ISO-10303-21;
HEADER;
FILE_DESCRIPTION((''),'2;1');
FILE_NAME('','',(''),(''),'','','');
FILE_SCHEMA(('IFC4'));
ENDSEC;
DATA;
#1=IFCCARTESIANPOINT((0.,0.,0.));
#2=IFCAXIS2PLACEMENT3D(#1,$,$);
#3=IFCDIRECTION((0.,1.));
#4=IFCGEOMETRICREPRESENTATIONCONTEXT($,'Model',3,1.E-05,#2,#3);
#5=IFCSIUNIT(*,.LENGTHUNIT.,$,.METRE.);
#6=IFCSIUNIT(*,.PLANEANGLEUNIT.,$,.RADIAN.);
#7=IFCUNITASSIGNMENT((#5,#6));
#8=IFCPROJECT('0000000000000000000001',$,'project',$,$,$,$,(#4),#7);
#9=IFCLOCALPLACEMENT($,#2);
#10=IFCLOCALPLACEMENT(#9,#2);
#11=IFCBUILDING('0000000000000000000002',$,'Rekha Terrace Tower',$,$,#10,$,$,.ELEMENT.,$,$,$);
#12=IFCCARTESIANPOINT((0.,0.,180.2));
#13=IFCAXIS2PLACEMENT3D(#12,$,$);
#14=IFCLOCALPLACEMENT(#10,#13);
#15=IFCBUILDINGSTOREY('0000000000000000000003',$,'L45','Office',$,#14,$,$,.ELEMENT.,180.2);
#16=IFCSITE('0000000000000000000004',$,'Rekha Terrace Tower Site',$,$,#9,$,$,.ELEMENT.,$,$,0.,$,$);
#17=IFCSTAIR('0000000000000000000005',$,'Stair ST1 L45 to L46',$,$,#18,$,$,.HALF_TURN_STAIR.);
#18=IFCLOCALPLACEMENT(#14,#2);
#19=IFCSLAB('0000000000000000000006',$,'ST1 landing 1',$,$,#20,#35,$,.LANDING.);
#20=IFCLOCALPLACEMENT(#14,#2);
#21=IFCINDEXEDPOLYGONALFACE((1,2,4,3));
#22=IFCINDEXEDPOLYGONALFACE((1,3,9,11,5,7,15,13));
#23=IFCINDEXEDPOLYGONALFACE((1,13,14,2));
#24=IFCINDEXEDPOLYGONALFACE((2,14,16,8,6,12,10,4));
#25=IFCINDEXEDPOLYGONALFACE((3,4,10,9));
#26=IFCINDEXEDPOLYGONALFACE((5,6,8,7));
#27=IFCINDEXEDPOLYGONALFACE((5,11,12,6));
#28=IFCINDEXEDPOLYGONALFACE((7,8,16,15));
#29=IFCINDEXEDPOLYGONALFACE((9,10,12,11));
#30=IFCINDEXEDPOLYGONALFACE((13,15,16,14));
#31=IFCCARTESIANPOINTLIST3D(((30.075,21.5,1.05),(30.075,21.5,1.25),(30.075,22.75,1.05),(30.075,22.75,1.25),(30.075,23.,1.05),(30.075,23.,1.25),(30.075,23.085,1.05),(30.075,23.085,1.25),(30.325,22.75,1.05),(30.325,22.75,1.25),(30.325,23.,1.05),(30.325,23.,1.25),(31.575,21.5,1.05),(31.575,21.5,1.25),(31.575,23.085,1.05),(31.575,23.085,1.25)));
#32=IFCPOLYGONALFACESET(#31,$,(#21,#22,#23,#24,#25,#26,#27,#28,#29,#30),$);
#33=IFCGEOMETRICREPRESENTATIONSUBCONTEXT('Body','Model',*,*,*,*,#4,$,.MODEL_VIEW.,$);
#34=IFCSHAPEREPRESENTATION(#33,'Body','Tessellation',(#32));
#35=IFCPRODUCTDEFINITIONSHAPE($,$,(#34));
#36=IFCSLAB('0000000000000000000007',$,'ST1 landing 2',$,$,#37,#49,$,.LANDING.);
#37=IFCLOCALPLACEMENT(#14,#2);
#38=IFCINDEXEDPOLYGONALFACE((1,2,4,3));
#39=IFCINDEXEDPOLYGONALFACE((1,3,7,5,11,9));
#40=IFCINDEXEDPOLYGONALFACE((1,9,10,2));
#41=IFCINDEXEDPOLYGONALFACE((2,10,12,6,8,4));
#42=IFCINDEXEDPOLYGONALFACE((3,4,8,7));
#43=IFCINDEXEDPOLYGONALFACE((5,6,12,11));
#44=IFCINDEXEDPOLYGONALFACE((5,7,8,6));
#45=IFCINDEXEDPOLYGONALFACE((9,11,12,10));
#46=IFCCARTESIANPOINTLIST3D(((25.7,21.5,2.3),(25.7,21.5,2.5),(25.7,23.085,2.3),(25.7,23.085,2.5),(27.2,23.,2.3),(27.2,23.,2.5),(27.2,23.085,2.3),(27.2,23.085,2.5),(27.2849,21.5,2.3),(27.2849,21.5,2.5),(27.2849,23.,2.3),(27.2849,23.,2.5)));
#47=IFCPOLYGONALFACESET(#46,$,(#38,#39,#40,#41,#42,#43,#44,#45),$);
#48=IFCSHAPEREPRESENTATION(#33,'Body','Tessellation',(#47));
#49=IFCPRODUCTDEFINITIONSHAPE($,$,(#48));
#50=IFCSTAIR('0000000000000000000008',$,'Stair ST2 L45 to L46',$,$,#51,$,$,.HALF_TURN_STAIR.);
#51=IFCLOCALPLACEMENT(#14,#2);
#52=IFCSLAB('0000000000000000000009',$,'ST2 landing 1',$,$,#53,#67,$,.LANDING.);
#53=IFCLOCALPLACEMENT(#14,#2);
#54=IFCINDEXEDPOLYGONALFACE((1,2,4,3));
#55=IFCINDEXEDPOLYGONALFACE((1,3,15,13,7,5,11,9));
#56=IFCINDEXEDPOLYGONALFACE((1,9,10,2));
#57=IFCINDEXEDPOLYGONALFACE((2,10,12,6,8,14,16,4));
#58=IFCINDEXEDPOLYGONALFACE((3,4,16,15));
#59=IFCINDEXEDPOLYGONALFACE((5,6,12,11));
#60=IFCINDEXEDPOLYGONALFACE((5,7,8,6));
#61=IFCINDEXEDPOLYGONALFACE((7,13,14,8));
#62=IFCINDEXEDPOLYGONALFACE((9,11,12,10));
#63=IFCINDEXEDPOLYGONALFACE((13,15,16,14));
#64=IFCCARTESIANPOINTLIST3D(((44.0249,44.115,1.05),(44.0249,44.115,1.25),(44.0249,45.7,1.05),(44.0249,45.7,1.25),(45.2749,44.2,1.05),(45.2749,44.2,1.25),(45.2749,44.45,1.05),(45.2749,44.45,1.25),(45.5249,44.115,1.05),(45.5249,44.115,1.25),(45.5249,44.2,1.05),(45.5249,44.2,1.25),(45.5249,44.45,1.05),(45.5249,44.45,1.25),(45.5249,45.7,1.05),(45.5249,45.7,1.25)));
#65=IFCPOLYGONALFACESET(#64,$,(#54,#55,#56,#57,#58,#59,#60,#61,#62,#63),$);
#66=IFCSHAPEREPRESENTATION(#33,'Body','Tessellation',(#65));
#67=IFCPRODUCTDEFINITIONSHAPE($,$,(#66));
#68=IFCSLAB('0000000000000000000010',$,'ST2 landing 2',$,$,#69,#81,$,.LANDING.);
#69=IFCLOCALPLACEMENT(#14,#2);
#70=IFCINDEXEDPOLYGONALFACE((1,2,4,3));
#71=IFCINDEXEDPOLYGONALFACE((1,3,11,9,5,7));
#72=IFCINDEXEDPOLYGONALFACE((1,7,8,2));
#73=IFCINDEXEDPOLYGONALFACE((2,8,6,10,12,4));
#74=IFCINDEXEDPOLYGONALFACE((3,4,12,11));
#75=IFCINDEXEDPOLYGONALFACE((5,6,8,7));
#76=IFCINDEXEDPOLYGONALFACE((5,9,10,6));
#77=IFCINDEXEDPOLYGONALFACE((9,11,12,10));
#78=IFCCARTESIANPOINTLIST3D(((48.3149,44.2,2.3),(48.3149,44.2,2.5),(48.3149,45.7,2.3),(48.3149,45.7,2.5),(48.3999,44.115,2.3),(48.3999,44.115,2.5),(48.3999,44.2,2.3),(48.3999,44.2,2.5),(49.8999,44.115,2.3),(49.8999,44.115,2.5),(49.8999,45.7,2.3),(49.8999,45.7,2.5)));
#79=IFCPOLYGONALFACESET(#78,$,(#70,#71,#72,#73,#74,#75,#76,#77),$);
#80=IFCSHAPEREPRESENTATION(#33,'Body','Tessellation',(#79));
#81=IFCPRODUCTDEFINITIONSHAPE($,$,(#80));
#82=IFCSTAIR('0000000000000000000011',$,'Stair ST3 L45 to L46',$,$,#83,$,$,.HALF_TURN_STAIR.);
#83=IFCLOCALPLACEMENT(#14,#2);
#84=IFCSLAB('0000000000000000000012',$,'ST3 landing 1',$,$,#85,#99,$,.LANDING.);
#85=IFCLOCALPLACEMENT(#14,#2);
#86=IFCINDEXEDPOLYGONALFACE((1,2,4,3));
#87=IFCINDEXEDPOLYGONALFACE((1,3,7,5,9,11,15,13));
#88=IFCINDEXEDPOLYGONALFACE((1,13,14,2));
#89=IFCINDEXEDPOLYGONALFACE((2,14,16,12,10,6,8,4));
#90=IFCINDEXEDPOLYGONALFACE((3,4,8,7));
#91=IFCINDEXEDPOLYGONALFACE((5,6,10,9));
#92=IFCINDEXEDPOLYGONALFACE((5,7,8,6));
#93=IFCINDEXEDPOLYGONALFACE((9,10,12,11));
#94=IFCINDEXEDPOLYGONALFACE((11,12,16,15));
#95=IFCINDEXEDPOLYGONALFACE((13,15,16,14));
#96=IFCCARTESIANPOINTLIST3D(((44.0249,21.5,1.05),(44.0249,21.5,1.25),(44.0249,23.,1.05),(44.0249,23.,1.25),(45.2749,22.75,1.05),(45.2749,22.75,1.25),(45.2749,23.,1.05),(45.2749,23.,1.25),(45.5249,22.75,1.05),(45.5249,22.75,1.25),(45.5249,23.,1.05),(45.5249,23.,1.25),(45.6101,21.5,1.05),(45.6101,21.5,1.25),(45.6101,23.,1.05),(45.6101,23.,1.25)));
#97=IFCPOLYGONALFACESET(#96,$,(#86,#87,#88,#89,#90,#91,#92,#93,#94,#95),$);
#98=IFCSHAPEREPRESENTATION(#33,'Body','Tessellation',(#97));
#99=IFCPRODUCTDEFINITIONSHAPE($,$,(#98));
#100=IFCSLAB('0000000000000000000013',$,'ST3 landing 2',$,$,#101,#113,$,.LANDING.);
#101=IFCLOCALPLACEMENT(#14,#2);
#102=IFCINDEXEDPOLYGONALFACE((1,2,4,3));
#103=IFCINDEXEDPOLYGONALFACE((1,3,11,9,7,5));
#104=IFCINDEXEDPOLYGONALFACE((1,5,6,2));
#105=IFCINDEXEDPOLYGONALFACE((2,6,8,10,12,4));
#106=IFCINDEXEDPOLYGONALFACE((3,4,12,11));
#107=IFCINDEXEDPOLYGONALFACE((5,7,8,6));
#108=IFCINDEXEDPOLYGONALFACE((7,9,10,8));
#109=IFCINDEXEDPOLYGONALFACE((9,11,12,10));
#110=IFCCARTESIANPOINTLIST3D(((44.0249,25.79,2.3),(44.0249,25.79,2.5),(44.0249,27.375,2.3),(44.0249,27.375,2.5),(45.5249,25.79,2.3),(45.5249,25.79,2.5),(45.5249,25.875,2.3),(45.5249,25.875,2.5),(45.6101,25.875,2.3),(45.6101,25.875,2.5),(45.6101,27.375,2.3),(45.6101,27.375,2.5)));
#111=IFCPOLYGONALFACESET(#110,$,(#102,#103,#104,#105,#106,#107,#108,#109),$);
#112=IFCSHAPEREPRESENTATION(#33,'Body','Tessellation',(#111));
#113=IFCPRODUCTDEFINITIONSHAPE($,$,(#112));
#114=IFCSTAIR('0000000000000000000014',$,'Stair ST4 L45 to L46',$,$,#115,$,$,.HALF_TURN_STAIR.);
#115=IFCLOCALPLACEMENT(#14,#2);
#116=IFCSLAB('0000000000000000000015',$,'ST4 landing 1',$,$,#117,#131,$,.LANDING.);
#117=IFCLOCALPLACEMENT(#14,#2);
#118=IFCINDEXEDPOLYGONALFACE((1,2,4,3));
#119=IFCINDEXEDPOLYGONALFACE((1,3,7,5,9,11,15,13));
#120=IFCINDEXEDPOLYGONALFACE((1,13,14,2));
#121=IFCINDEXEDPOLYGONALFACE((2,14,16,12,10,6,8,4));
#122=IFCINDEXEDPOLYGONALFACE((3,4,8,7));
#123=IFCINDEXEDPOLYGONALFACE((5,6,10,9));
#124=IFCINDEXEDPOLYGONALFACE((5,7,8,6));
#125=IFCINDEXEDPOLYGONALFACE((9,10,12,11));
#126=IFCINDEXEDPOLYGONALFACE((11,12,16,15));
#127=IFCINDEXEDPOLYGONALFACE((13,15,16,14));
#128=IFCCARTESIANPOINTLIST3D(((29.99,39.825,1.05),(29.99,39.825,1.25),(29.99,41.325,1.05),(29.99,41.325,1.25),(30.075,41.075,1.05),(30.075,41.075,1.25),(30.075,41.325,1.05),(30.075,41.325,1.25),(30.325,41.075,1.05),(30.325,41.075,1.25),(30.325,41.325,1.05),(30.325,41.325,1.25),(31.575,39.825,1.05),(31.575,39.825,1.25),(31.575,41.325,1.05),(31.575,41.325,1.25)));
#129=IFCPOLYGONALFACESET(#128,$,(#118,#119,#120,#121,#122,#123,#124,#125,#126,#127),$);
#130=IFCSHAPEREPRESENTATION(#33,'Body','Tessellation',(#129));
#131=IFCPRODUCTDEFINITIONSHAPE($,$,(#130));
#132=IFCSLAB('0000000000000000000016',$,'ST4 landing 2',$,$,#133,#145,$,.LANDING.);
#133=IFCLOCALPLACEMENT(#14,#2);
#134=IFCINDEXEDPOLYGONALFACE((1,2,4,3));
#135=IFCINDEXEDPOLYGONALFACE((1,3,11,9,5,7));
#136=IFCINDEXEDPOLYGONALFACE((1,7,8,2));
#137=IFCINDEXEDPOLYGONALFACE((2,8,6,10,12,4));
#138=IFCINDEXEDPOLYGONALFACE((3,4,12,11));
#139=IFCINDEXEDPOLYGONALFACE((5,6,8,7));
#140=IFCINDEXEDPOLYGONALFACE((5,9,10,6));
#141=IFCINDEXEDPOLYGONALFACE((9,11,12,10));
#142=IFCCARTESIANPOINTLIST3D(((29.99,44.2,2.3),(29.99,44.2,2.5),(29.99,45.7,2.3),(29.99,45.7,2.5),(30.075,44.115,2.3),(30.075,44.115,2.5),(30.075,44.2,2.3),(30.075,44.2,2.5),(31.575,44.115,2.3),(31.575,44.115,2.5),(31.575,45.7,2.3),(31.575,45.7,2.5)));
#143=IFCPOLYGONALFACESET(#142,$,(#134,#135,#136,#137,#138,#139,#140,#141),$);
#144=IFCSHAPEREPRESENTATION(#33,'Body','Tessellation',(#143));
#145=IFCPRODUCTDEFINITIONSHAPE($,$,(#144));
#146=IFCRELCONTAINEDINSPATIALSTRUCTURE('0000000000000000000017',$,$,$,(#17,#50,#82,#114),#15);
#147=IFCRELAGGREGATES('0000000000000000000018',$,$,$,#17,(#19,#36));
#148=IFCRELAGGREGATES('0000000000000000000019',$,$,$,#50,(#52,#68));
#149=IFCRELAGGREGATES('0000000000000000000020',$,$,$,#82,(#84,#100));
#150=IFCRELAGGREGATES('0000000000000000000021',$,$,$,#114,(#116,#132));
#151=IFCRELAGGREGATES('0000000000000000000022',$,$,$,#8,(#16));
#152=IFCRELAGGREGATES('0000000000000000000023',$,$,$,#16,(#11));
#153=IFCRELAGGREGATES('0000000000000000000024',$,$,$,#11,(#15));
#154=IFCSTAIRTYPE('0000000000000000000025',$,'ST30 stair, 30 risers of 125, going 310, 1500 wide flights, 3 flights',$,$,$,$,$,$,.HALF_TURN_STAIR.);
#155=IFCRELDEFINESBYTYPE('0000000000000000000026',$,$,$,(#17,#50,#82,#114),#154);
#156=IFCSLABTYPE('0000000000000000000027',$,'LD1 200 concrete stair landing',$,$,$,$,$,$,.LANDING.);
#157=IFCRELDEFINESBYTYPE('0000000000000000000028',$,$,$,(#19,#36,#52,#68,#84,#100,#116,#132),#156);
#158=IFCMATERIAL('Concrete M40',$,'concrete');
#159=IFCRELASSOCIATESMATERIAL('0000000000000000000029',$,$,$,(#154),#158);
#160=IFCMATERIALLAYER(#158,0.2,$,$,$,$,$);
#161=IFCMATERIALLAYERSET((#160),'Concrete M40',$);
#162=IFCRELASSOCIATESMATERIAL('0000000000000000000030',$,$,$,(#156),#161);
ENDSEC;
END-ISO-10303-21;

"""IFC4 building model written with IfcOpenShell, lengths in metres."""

from ifc_helpers import new_model, si_unit, direction, frame, origin, place, context, subcontext, project, spatial, polyline, outline, extrude, material, layer, layer_set, type_object, element, aggregate, save


model = new_model("IFC4")

# Units and contexts
model_context = context("Model", 3, precision=1e-05, world=origin(), true_north=direction((0.0, 1.0)))
body_context = subcontext(model_context, "Body", "Model", "MODEL_VIEW")
ifc_project = project(units=[si_unit("LENGTHUNIT", "METRE"), si_unit("PLANEANGLEUNIT", "RADIAN")], contexts=[model_context])

# Site, building, storey
site_placement = place(None, origin())
site = spatial("IfcSite", under=ifc_project, at=site_placement, Name="Rekha Terrace Tower Site", CompositionType="ELEMENT", RefElevation=0.0)
building_placement = place(site_placement, origin())
building = spatial("IfcBuilding", under=site, at=building_placement, Name="Rekha Terrace Tower", CompositionType="ELEMENT")
storey_placement = place(building_placement, frame((0.0, 0.0, 180.2)))
storey = spatial("IfcBuildingStorey", under=building, at=storey_placement, Name="L45", Description="Office", CompositionType="ELEMENT", Elevation=180.2)

# Stairs, slabs
ifc_material_1 = material(Name="Concrete M40", Category="concrete")
stair_type = type_object("IfcStairType", Name="ST30 stair, 30 risers of 125, going 310, 1500 wide flights, 3 flights", PredefinedType="HALF_TURN_STAIR", material=ifc_material_1)
stair_1_placement = place(storey_placement, origin())
stair_1 = element("IfcStair", 1, at=stair_1_placement, inside=storey, type_object=stair_type, Name="Stair ST1 L45 to L46", PredefinedType="HALF_TURN_STAIR")
ifc_layer_1 = layer(ifc_material_1, 0.2)
ifc_layer_set_1 = layer_set([ifc_layer_1], Name="Concrete M40")
slab_type_1 = type_object("IfcSlabType", Name="LD1 200 concrete stair landing", PredefinedType="LANDING", material=ifc_layer_set_1)
slab_1_placement = place(storey_placement, frame((0.0, 0.0, 1.05)))
slab_1 = element("IfcSlab", 2, at=slab_1_placement, type_object=slab_type_1, Name="ST1 landing 1", PredefinedType="LANDING", context=body_context, shape_type="SweptSolid", body=[
    extrude(outline(polyline([(30.075, 21.5), (31.575, 21.5), (31.575, 23.085), (30.075, 23.085), (30.075, 23.0), (30.325, 23.0), (30.325, 22.75), (30.075, 22.75), (30.075, 21.5)])), origin(), (0.0, 0.0, 1.0), 0.2),
])
slab_2_placement = place(storey_placement, frame((0.0, 0.0, 2.3)))
slab_2 = element("IfcSlab", 3, at=slab_2_placement, type_object=slab_type_1, Name="ST1 landing 2", PredefinedType="LANDING", context=body_context, shape_type="SweptSolid", body=[
    extrude(outline(polyline([(27.2, 23.085), (25.7, 23.085), (25.7, 21.5), (27.2849, 21.5), (27.2849, 23.0), (27.2, 23.0), (27.2, 23.085)])), origin(), (0.0, 0.0, 1.0), 0.2),
])
aggregate(stair_1, [slab_1, slab_2])
stair_2_placement = place(storey_placement, origin())
stair_2 = element("IfcStair", 4, at=stair_2_placement, inside=storey, type_object=stair_type, Name="Stair ST2 L45 to L46", PredefinedType="HALF_TURN_STAIR")
slab_3_placement = place(storey_placement, frame((0.0, 0.0, 1.05)))
slab_3 = element("IfcSlab", 5, at=slab_3_placement, type_object=slab_type_1, Name="ST2 landing 1", PredefinedType="LANDING", context=body_context, shape_type="SweptSolid", body=[
    extrude(outline(polyline([(45.5249, 45.7), (44.0249, 45.7), (44.0249, 44.115), (45.5249, 44.115), (45.5249, 44.2), (45.2749, 44.2), (45.2749, 44.45), (45.5249, 44.45), (45.5249, 45.7)])), origin(), (0.0, 0.0, 1.0), 0.2),
])
slab_4_placement = place(storey_placement, frame((0.0, 0.0, 2.3)))
slab_4 = element("IfcSlab", 6, at=slab_4_placement, type_object=slab_type_1, Name="ST2 landing 2", PredefinedType="LANDING", context=body_context, shape_type="SweptSolid", body=[
    extrude(outline(polyline([(48.3999, 44.115), (49.8999, 44.115), (49.8999, 45.7), (48.3149, 45.7), (48.3149, 44.2), (48.3999, 44.2), (48.3999, 44.115)])), origin(), (0.0, 0.0, 1.0), 0.2),
])
aggregate(stair_2, [slab_3, slab_4])
stair_3_placement = place(storey_placement, origin())
stair_3 = element("IfcStair", 7, at=stair_3_placement, inside=storey, type_object=stair_type, Name="Stair ST3 L45 to L46", PredefinedType="HALF_TURN_STAIR")
slab_5_placement = place(storey_placement, frame((0.0, 0.0, 1.05)))
slab_5 = element("IfcSlab", 8, at=slab_5_placement, type_object=slab_type_1, Name="ST3 landing 1", PredefinedType="LANDING", context=body_context, shape_type="SweptSolid", body=[
    extrude(outline(polyline([(44.0249, 23.0), (44.0249, 21.5), (45.6101, 21.5), (45.6101, 23.0), (45.5249, 23.0), (45.5249, 22.75), (45.2749, 22.75), (45.2749, 23.0), (44.0249, 23.0)])), origin(), (0.0, 0.0, 1.0), 0.2),
])
slab_6_placement = place(storey_placement, frame((0.0, 0.0, 2.3)))
slab_6 = element("IfcSlab", 9, at=slab_6_placement, type_object=slab_type_1, Name="ST3 landing 2", PredefinedType="LANDING", context=body_context, shape_type="SweptSolid", body=[
    extrude(outline(polyline([(45.6101, 25.875), (45.6101, 27.375), (44.0249, 27.375), (44.0249, 25.79), (45.5249, 25.79), (45.5249, 25.875), (45.6101, 25.875)])), origin(), (0.0, 0.0, 1.0), 0.2),
])
aggregate(stair_3, [slab_5, slab_6])
stair_4_placement = place(storey_placement, origin())
stair_4 = element("IfcStair", 10, at=stair_4_placement, inside=storey, type_object=stair_type, Name="Stair ST4 L45 to L46", PredefinedType="HALF_TURN_STAIR")
slab_7_placement = place(storey_placement, frame((0.0, 0.0, 1.05)))
slab_7 = element("IfcSlab", 11, at=slab_7_placement, type_object=slab_type_1, Name="ST4 landing 1", PredefinedType="LANDING", context=body_context, shape_type="SweptSolid", body=[
    extrude(outline(polyline([(31.575, 41.325), (31.575, 39.825), (29.99, 39.825), (29.99, 41.325), (30.075, 41.325), (30.075, 41.075), (30.325, 41.075), (30.325, 41.325), (31.575, 41.325)])), origin(), (0.0, 0.0, 1.0), 0.2),
])
slab_8_placement = place(storey_placement, frame((0.0, 0.0, 2.3)))
slab_8 = element("IfcSlab", 12, at=slab_8_placement, type_object=slab_type_1, Name="ST4 landing 2", PredefinedType="LANDING", context=body_context, shape_type="SweptSolid", body=[
    extrude(outline(polyline([(29.99, 44.2), (29.99, 45.7), (31.575, 45.7), (31.575, 44.115), (30.075, 44.115), (30.075, 44.2), (29.99, 44.2)])), origin(), (0.0, 0.0, 1.0), 0.2),
])
aggregate(stair_4, [slab_7, slab_8])

save(model, "model.ifc")
